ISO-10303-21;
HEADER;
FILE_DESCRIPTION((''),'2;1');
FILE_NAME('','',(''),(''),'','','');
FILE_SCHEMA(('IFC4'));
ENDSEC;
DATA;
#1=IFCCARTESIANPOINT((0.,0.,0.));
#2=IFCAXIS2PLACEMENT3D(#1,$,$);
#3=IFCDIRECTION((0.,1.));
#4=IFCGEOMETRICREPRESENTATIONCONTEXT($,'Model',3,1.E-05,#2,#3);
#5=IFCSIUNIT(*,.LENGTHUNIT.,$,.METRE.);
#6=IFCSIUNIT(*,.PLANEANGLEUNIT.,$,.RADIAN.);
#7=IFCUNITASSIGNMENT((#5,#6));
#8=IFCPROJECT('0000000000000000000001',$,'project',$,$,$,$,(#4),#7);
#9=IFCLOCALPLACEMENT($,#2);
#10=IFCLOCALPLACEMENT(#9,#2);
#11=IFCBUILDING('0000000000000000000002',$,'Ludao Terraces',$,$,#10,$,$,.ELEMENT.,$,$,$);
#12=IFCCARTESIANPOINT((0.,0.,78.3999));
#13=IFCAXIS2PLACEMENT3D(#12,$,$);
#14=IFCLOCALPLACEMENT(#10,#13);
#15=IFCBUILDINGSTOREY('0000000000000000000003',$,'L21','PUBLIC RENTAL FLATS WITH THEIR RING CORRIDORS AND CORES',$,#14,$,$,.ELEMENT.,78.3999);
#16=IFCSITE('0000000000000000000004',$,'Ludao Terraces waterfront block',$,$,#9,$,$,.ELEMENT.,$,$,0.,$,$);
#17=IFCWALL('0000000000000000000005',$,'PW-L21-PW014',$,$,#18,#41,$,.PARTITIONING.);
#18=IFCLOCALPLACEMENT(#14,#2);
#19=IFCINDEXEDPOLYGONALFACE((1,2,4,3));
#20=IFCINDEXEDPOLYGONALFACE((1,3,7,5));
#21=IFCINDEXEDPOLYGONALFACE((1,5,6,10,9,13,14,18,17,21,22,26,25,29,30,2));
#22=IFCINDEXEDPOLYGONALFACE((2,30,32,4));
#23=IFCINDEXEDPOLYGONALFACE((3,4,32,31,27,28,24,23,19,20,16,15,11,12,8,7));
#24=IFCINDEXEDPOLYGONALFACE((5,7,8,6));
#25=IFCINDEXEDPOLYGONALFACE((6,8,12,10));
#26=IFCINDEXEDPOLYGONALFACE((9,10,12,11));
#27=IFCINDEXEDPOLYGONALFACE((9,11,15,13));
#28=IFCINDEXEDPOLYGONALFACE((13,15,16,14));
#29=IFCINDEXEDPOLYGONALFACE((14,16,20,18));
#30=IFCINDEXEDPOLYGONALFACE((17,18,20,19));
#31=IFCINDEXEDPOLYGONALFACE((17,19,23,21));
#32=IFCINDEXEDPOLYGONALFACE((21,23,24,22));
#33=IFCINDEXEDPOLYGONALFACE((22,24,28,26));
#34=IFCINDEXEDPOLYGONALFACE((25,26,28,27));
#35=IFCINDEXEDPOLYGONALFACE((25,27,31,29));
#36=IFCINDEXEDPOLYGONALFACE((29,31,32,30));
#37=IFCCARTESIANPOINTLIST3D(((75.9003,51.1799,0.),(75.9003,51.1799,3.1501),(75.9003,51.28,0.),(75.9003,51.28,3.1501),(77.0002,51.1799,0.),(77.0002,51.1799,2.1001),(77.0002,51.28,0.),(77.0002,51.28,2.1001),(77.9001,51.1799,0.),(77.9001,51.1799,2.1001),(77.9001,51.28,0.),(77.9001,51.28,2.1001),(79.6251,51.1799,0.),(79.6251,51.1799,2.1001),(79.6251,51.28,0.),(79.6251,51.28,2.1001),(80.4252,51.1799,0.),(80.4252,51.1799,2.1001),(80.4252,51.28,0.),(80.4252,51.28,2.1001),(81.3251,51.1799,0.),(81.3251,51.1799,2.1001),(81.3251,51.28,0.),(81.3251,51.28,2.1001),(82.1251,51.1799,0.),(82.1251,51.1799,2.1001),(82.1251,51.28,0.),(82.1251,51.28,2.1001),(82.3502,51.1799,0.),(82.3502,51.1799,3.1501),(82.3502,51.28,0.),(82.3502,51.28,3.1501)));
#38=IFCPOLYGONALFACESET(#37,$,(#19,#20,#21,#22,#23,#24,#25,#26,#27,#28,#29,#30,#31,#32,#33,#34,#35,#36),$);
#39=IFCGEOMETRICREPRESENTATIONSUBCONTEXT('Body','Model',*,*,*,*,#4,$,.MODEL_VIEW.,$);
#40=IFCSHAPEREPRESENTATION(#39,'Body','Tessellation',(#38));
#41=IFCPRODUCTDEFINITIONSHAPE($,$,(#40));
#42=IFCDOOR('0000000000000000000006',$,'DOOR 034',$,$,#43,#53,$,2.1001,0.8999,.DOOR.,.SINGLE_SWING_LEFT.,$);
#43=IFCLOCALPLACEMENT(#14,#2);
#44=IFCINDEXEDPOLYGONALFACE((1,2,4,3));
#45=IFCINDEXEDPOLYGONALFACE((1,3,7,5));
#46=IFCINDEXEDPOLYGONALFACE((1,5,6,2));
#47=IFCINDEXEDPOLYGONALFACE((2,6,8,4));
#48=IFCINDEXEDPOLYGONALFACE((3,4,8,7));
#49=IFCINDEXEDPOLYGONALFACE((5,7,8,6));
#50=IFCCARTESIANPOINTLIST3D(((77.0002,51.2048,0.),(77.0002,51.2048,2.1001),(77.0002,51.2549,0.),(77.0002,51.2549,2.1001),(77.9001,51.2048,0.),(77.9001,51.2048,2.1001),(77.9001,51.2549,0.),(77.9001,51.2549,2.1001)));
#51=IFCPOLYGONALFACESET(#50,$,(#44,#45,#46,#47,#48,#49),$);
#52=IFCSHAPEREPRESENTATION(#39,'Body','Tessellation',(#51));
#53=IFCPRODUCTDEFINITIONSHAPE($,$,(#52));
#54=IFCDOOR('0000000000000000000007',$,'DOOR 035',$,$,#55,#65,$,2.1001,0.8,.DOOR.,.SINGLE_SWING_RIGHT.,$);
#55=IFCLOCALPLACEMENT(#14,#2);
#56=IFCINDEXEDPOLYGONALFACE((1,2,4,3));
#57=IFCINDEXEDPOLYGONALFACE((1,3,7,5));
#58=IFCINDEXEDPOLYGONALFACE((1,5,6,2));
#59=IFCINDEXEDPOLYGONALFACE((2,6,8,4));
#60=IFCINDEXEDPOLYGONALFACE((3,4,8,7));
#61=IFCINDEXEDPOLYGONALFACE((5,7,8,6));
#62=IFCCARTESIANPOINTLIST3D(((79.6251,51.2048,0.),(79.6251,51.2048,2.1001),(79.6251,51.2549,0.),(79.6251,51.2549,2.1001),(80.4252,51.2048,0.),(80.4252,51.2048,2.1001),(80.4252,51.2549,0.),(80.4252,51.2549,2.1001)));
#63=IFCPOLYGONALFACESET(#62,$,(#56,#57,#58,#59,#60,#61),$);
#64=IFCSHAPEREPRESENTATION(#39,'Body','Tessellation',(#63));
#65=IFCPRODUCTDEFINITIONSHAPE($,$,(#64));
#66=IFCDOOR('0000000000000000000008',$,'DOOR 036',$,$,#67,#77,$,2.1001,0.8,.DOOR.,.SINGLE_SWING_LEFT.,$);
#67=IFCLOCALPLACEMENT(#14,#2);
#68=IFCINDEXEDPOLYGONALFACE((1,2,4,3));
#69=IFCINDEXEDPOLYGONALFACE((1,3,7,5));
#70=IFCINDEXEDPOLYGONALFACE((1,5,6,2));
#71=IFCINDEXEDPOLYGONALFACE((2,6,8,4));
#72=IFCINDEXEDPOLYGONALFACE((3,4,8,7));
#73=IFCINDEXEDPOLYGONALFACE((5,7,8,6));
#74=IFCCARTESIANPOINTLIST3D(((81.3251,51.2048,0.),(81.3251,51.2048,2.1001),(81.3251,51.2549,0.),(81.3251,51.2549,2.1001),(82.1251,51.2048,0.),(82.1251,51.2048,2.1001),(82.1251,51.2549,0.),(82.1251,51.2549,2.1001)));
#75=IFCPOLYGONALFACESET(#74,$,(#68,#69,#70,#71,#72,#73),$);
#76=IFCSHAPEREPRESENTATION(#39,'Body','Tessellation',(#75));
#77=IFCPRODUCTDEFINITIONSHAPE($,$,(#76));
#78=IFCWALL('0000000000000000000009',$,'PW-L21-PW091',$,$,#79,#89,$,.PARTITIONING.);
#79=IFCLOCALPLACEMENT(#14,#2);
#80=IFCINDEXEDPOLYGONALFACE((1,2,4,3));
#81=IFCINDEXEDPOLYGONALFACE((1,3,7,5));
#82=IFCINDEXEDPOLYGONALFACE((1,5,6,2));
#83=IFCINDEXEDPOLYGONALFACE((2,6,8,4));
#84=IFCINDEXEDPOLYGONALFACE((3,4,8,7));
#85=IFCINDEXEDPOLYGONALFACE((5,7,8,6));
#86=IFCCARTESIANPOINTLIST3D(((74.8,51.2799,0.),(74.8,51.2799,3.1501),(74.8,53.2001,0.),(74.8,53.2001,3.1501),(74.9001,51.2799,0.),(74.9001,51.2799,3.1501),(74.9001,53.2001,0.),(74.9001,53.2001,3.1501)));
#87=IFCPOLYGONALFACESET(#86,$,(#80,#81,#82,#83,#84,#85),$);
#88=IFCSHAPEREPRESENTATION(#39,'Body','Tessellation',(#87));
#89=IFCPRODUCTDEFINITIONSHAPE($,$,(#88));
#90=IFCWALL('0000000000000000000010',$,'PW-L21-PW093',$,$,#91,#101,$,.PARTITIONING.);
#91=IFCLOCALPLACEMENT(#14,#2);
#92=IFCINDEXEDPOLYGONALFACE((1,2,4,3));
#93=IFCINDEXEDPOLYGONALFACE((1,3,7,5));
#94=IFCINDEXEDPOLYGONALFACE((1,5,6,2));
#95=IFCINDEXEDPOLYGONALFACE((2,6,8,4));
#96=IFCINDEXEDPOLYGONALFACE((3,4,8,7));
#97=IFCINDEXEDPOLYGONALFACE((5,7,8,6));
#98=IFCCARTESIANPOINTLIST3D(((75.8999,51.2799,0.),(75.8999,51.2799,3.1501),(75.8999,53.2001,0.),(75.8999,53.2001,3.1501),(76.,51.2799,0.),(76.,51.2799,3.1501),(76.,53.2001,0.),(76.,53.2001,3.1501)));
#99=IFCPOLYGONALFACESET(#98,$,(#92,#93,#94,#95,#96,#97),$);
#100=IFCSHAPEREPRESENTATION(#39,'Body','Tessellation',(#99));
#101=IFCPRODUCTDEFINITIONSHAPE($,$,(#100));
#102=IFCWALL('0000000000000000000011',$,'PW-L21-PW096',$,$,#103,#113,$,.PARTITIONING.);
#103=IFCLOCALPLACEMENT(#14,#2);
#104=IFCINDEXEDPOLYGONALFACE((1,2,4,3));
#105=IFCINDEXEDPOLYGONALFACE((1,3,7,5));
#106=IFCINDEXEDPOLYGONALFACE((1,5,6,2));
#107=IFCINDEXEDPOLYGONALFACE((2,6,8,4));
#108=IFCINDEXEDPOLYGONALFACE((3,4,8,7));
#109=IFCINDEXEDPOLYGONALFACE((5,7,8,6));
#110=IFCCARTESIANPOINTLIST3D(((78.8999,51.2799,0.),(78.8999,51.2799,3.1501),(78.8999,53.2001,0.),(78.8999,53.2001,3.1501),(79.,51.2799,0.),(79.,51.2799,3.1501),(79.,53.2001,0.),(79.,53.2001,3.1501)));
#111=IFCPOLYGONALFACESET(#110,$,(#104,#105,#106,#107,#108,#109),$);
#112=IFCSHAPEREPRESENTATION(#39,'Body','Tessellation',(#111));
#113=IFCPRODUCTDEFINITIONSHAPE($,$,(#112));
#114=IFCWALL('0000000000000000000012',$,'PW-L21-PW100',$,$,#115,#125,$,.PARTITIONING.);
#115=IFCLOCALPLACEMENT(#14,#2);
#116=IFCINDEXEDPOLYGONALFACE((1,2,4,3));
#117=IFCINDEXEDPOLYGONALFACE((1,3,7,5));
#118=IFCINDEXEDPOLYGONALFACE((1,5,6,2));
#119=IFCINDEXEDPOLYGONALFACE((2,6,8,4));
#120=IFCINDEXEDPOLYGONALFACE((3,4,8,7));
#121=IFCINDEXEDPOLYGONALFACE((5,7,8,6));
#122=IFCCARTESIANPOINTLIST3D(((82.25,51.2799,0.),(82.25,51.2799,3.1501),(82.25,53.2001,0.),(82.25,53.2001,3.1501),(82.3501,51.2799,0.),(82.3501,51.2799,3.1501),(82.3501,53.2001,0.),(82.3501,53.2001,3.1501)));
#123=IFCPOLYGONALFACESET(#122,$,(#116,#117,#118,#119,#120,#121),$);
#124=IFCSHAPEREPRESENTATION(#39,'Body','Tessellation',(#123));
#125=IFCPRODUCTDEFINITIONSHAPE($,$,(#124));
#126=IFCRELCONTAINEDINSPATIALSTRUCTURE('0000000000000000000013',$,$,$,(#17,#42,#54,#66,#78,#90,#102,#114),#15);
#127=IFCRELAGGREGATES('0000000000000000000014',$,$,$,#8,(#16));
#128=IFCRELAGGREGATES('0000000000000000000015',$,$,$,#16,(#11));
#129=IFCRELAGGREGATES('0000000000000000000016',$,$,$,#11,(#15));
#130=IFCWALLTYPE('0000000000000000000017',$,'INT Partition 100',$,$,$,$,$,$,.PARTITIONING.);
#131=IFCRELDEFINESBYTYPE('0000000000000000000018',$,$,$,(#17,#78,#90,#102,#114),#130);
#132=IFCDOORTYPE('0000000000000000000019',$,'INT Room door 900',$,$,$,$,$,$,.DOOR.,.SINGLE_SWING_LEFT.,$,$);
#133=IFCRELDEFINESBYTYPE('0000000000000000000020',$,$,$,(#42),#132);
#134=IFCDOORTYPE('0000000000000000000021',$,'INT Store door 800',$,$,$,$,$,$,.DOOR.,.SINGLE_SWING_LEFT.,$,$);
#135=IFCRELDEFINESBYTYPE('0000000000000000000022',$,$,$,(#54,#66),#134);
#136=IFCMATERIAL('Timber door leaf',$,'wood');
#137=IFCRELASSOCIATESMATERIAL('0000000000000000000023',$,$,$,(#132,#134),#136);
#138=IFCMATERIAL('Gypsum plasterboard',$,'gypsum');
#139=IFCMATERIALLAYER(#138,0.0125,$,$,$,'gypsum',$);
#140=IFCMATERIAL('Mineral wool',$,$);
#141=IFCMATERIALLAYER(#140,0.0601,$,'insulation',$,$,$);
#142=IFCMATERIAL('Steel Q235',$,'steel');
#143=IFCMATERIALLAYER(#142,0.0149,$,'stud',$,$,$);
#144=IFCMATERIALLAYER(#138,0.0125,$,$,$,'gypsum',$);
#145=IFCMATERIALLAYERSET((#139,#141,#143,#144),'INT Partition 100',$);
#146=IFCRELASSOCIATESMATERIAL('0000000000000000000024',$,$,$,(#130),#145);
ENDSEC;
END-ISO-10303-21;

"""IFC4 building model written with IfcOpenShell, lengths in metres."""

from ifc_helpers import new_model, si_unit, direction, frame, frame_2d, origin, place, context, subcontext, project, spatial, rectangle, extrude, material, layer, layer_set, type_object, element, fill, save


model = new_model("IFC4")

# Units and contexts
model_context = context("Model", 3, precision=1e-05, world=origin(), true_north=direction((0.0, 1.0)))
body_context = subcontext(model_context, "Body", "Model", "MODEL_VIEW")
ifc_project = project(units=[si_unit("LENGTHUNIT", "METRE"), si_unit("PLANEANGLEUNIT", "RADIAN")], contexts=[model_context])

# Site, building, storey
site_placement = place(None, origin())
site = spatial("IfcSite", under=ifc_project, at=site_placement, Name="Ludao Terraces waterfront block", CompositionType="ELEMENT", RefElevation=0.0)
building_placement = place(site_placement, origin())
building = spatial("IfcBuilding", under=site, at=building_placement, Name="Ludao Terraces", CompositionType="ELEMENT")
storey_placement = place(building_placement, frame((0.0, 0.0, 78.3999)))
storey = spatial("IfcBuildingStorey", under=building, at=storey_placement, Name="L21", Description="PUBLIC RENTAL FLATS WITH THEIR RING CORRIDORS AND CORES", CompositionType="ELEMENT", Elevation=78.3999)

# Wall, openings, doors
ifc_material_1 = material(Name="Steel Q235", Category="steel")
ifc_material_2 = material(Name="Timber door leaf", Category="wood")
door_type_1 = type_object("IfcDoorType", Name="INT Room door 900", OperationType="SINGLE_SWING_LEFT", PredefinedType="DOOR", material=ifc_material_2)
ifc_material_3 = material(Name="Gypsum plasterboard", Category="gypsum")
ifc_layer_1 = layer(ifc_material_3, 0.0125, Category="gypsum")
ifc_material_4 = material(Name="Mineral wool")
ifc_layer_2 = layer(ifc_material_4, 0.0601, Name="insulation")
ifc_layer_3 = layer(ifc_material_1, 0.0149, Name="stud")
ifc_layer_4 = layer(ifc_material_3, 0.0125, Category="gypsum")
ifc_layer_set_1 = layer_set([ifc_layer_1, ifc_layer_2, ifc_layer_3, ifc_layer_4], Name="INT Partition 100")
wall_type_1 = type_object("IfcWallType", Name="INT Partition 100", PredefinedType="PARTITIONING", material=ifc_layer_set_1)
wall_1_placement = place(storey_placement, frame((75.9001, 51.23, 0.0), z_axis=(0.0, 0.0, 1.0), x_axis=(1.0, 0.0, 0.0)))
wall_1 = element("IfcWall", 1, at=wall_1_placement, inside=storey, type_object=wall_type_1, Name="PW-L21-PW014", PredefinedType="PARTITIONING", context=body_context, shape_type="SweptSolid", body=[
    extrude(rectangle(XDim=6.45, YDim=0.1001, at=frame_2d((3.2251, 0.0))), origin(), (0.0, 0.0, 1.0), 3.1501),
])
opening_1_placement = place(wall_1_placement, frame((1.1001, 0.0, 0.0)))
opening_1 = element("IfcOpeningElement", 2, at=opening_1_placement, cuts=wall_1, PredefinedType="OPENING", context=body_context, shape_type="SweptSolid", body=[
    extrude(rectangle(XDim=0.8999, YDim=2.1001, at=frame_2d((0.45, 1.05))), frame((0.0, 0.0601, 0.0), z_axis=(0.0, -1.0, 0.0), x_axis=(1.0, 0.0, 0.0)), (0.0, 0.0, 1.0), 0.1201),
])
opening_2_placement = place(wall_1_placement, frame((3.7251, 0.0, 0.0)))
opening_2 = element("IfcOpeningElement", 3, at=opening_2_placement, cuts=wall_1, PredefinedType="OPENING", context=body_context, shape_type="SweptSolid", body=[
    extrude(rectangle(XDim=0.8, YDim=2.1001, at=frame_2d((0.3999, 1.05))), frame((0.0, 0.0601, 0.0), z_axis=(0.0, -1.0, 0.0), x_axis=(1.0, 0.0, 0.0)), (0.0, 0.0, 1.0), 0.1201),
])
opening_3_placement = place(wall_1_placement, frame((5.425, 0.0, 0.0)))
opening_3 = element("IfcOpeningElement", 4, at=opening_3_placement, cuts=wall_1, PredefinedType="OPENING", context=body_context, shape_type="SweptSolid", body=[
    extrude(rectangle(XDim=0.8, YDim=2.1001, at=frame_2d((0.3999, 1.05))), frame((0.0, 0.0601, 0.0), z_axis=(0.0, -1.0, 0.0), x_axis=(1.0, 0.0, 0.0)), (0.0, 0.0, 1.0), 0.1201),
])
door_1_placement = place(opening_1_placement, origin())
door_1 = element("IfcDoor", 5, at=door_1_placement, inside=storey, type_object=door_type_1, Name="DOOR 034", OperationType="SINGLE_SWING_LEFT", OverallHeight=2.1001, OverallWidth=0.8999, PredefinedType="DOOR", context=body_context, shape_type="SweptSolid", body=[
    extrude(rectangle(XDim=0.8999, YDim=2.1001, at=frame_2d((0.45, 1.05))), frame((0.0, 0.0249, 0.0), z_axis=(0.0, -1.0, 0.0), x_axis=(1.0, 0.0, 0.0)), (0.0, 0.0, 1.0), 0.05),
])
fill(opening_1, door_1)
door_type_2 = type_object("IfcDoorType", Name="INT Store door 800", OperationType="SINGLE_SWING_LEFT", PredefinedType="DOOR", material=ifc_material_2)
door_2_placement = place(opening_2_placement, origin())
door_2 = element("IfcDoor", 6, at=door_2_placement, inside=storey, type_object=door_type_2, Name="DOOR 035", OperationType="SINGLE_SWING_RIGHT", OverallHeight=2.1001, OverallWidth=0.8, PredefinedType="DOOR", context=body_context, shape_type="SweptSolid", body=[
    extrude(rectangle(XDim=0.8, YDim=2.1001, at=frame_2d((0.3999, 1.05))), frame((0.0, 0.0249, 0.0), z_axis=(0.0, -1.0, 0.0), x_axis=(1.0, 0.0, 0.0)), (0.0, 0.0, 1.0), 0.05),
])
fill(opening_2, door_2)
door_3_placement = place(opening_3_placement, origin())
door_3 = element("IfcDoor", 7, at=door_3_placement, inside=storey, type_object=door_type_2, Name="DOOR 036", OperationType="SINGLE_SWING_LEFT", OverallHeight=2.1001, OverallWidth=0.8, PredefinedType="DOOR", context=body_context, shape_type="SweptSolid", body=[
    extrude(rectangle(XDim=0.8, YDim=2.1001, at=frame_2d((0.3999, 1.05))), frame((0.0, 0.0249, 0.0), z_axis=(0.0, -1.0, 0.0), x_axis=(1.0, 0.0, 0.0)), (0.0, 0.0, 1.0), 0.05),
])
fill(opening_3, door_3)

# Walls
for number, where, z_axis, x_axis, name in (
    (8, (74.8501, 51.28, 0.0), (0.0, 0.0, 1.0), (0.0, 1.0, 0.0), "PW-L21-PW091"),
    (9, (75.95, 51.28, 0.0), (0.0, 0.0, 1.0), (0.0, 1.0, 0.0), "PW-L21-PW093"),
    (10, (78.95, 51.28, 0.0), (0.0, 0.0, 1.0), (0.0, 1.0, 0.0), "PW-L21-PW096"),
    (11, (82.3, 51.28, 0.0), (0.0, 0.0, 1.0), (0.0, 1.0, 0.0), "PW-L21-PW100"),
):
    element("IfcWall", number, at=place(storey_placement, frame(where, z_axis=z_axis, x_axis=x_axis)), inside=storey, type_object=wall_type_1, Name=name, PredefinedType="PARTITIONING", context=body_context, shape_type="SweptSolid", body=[
        extrude(rectangle(XDim=1.9202, YDim=0.1001, at=frame_2d((0.96, 0.0))), origin(), (0.0, 0.0, 1.0), 3.1501),
    ])

save(model, "model.ifc")
